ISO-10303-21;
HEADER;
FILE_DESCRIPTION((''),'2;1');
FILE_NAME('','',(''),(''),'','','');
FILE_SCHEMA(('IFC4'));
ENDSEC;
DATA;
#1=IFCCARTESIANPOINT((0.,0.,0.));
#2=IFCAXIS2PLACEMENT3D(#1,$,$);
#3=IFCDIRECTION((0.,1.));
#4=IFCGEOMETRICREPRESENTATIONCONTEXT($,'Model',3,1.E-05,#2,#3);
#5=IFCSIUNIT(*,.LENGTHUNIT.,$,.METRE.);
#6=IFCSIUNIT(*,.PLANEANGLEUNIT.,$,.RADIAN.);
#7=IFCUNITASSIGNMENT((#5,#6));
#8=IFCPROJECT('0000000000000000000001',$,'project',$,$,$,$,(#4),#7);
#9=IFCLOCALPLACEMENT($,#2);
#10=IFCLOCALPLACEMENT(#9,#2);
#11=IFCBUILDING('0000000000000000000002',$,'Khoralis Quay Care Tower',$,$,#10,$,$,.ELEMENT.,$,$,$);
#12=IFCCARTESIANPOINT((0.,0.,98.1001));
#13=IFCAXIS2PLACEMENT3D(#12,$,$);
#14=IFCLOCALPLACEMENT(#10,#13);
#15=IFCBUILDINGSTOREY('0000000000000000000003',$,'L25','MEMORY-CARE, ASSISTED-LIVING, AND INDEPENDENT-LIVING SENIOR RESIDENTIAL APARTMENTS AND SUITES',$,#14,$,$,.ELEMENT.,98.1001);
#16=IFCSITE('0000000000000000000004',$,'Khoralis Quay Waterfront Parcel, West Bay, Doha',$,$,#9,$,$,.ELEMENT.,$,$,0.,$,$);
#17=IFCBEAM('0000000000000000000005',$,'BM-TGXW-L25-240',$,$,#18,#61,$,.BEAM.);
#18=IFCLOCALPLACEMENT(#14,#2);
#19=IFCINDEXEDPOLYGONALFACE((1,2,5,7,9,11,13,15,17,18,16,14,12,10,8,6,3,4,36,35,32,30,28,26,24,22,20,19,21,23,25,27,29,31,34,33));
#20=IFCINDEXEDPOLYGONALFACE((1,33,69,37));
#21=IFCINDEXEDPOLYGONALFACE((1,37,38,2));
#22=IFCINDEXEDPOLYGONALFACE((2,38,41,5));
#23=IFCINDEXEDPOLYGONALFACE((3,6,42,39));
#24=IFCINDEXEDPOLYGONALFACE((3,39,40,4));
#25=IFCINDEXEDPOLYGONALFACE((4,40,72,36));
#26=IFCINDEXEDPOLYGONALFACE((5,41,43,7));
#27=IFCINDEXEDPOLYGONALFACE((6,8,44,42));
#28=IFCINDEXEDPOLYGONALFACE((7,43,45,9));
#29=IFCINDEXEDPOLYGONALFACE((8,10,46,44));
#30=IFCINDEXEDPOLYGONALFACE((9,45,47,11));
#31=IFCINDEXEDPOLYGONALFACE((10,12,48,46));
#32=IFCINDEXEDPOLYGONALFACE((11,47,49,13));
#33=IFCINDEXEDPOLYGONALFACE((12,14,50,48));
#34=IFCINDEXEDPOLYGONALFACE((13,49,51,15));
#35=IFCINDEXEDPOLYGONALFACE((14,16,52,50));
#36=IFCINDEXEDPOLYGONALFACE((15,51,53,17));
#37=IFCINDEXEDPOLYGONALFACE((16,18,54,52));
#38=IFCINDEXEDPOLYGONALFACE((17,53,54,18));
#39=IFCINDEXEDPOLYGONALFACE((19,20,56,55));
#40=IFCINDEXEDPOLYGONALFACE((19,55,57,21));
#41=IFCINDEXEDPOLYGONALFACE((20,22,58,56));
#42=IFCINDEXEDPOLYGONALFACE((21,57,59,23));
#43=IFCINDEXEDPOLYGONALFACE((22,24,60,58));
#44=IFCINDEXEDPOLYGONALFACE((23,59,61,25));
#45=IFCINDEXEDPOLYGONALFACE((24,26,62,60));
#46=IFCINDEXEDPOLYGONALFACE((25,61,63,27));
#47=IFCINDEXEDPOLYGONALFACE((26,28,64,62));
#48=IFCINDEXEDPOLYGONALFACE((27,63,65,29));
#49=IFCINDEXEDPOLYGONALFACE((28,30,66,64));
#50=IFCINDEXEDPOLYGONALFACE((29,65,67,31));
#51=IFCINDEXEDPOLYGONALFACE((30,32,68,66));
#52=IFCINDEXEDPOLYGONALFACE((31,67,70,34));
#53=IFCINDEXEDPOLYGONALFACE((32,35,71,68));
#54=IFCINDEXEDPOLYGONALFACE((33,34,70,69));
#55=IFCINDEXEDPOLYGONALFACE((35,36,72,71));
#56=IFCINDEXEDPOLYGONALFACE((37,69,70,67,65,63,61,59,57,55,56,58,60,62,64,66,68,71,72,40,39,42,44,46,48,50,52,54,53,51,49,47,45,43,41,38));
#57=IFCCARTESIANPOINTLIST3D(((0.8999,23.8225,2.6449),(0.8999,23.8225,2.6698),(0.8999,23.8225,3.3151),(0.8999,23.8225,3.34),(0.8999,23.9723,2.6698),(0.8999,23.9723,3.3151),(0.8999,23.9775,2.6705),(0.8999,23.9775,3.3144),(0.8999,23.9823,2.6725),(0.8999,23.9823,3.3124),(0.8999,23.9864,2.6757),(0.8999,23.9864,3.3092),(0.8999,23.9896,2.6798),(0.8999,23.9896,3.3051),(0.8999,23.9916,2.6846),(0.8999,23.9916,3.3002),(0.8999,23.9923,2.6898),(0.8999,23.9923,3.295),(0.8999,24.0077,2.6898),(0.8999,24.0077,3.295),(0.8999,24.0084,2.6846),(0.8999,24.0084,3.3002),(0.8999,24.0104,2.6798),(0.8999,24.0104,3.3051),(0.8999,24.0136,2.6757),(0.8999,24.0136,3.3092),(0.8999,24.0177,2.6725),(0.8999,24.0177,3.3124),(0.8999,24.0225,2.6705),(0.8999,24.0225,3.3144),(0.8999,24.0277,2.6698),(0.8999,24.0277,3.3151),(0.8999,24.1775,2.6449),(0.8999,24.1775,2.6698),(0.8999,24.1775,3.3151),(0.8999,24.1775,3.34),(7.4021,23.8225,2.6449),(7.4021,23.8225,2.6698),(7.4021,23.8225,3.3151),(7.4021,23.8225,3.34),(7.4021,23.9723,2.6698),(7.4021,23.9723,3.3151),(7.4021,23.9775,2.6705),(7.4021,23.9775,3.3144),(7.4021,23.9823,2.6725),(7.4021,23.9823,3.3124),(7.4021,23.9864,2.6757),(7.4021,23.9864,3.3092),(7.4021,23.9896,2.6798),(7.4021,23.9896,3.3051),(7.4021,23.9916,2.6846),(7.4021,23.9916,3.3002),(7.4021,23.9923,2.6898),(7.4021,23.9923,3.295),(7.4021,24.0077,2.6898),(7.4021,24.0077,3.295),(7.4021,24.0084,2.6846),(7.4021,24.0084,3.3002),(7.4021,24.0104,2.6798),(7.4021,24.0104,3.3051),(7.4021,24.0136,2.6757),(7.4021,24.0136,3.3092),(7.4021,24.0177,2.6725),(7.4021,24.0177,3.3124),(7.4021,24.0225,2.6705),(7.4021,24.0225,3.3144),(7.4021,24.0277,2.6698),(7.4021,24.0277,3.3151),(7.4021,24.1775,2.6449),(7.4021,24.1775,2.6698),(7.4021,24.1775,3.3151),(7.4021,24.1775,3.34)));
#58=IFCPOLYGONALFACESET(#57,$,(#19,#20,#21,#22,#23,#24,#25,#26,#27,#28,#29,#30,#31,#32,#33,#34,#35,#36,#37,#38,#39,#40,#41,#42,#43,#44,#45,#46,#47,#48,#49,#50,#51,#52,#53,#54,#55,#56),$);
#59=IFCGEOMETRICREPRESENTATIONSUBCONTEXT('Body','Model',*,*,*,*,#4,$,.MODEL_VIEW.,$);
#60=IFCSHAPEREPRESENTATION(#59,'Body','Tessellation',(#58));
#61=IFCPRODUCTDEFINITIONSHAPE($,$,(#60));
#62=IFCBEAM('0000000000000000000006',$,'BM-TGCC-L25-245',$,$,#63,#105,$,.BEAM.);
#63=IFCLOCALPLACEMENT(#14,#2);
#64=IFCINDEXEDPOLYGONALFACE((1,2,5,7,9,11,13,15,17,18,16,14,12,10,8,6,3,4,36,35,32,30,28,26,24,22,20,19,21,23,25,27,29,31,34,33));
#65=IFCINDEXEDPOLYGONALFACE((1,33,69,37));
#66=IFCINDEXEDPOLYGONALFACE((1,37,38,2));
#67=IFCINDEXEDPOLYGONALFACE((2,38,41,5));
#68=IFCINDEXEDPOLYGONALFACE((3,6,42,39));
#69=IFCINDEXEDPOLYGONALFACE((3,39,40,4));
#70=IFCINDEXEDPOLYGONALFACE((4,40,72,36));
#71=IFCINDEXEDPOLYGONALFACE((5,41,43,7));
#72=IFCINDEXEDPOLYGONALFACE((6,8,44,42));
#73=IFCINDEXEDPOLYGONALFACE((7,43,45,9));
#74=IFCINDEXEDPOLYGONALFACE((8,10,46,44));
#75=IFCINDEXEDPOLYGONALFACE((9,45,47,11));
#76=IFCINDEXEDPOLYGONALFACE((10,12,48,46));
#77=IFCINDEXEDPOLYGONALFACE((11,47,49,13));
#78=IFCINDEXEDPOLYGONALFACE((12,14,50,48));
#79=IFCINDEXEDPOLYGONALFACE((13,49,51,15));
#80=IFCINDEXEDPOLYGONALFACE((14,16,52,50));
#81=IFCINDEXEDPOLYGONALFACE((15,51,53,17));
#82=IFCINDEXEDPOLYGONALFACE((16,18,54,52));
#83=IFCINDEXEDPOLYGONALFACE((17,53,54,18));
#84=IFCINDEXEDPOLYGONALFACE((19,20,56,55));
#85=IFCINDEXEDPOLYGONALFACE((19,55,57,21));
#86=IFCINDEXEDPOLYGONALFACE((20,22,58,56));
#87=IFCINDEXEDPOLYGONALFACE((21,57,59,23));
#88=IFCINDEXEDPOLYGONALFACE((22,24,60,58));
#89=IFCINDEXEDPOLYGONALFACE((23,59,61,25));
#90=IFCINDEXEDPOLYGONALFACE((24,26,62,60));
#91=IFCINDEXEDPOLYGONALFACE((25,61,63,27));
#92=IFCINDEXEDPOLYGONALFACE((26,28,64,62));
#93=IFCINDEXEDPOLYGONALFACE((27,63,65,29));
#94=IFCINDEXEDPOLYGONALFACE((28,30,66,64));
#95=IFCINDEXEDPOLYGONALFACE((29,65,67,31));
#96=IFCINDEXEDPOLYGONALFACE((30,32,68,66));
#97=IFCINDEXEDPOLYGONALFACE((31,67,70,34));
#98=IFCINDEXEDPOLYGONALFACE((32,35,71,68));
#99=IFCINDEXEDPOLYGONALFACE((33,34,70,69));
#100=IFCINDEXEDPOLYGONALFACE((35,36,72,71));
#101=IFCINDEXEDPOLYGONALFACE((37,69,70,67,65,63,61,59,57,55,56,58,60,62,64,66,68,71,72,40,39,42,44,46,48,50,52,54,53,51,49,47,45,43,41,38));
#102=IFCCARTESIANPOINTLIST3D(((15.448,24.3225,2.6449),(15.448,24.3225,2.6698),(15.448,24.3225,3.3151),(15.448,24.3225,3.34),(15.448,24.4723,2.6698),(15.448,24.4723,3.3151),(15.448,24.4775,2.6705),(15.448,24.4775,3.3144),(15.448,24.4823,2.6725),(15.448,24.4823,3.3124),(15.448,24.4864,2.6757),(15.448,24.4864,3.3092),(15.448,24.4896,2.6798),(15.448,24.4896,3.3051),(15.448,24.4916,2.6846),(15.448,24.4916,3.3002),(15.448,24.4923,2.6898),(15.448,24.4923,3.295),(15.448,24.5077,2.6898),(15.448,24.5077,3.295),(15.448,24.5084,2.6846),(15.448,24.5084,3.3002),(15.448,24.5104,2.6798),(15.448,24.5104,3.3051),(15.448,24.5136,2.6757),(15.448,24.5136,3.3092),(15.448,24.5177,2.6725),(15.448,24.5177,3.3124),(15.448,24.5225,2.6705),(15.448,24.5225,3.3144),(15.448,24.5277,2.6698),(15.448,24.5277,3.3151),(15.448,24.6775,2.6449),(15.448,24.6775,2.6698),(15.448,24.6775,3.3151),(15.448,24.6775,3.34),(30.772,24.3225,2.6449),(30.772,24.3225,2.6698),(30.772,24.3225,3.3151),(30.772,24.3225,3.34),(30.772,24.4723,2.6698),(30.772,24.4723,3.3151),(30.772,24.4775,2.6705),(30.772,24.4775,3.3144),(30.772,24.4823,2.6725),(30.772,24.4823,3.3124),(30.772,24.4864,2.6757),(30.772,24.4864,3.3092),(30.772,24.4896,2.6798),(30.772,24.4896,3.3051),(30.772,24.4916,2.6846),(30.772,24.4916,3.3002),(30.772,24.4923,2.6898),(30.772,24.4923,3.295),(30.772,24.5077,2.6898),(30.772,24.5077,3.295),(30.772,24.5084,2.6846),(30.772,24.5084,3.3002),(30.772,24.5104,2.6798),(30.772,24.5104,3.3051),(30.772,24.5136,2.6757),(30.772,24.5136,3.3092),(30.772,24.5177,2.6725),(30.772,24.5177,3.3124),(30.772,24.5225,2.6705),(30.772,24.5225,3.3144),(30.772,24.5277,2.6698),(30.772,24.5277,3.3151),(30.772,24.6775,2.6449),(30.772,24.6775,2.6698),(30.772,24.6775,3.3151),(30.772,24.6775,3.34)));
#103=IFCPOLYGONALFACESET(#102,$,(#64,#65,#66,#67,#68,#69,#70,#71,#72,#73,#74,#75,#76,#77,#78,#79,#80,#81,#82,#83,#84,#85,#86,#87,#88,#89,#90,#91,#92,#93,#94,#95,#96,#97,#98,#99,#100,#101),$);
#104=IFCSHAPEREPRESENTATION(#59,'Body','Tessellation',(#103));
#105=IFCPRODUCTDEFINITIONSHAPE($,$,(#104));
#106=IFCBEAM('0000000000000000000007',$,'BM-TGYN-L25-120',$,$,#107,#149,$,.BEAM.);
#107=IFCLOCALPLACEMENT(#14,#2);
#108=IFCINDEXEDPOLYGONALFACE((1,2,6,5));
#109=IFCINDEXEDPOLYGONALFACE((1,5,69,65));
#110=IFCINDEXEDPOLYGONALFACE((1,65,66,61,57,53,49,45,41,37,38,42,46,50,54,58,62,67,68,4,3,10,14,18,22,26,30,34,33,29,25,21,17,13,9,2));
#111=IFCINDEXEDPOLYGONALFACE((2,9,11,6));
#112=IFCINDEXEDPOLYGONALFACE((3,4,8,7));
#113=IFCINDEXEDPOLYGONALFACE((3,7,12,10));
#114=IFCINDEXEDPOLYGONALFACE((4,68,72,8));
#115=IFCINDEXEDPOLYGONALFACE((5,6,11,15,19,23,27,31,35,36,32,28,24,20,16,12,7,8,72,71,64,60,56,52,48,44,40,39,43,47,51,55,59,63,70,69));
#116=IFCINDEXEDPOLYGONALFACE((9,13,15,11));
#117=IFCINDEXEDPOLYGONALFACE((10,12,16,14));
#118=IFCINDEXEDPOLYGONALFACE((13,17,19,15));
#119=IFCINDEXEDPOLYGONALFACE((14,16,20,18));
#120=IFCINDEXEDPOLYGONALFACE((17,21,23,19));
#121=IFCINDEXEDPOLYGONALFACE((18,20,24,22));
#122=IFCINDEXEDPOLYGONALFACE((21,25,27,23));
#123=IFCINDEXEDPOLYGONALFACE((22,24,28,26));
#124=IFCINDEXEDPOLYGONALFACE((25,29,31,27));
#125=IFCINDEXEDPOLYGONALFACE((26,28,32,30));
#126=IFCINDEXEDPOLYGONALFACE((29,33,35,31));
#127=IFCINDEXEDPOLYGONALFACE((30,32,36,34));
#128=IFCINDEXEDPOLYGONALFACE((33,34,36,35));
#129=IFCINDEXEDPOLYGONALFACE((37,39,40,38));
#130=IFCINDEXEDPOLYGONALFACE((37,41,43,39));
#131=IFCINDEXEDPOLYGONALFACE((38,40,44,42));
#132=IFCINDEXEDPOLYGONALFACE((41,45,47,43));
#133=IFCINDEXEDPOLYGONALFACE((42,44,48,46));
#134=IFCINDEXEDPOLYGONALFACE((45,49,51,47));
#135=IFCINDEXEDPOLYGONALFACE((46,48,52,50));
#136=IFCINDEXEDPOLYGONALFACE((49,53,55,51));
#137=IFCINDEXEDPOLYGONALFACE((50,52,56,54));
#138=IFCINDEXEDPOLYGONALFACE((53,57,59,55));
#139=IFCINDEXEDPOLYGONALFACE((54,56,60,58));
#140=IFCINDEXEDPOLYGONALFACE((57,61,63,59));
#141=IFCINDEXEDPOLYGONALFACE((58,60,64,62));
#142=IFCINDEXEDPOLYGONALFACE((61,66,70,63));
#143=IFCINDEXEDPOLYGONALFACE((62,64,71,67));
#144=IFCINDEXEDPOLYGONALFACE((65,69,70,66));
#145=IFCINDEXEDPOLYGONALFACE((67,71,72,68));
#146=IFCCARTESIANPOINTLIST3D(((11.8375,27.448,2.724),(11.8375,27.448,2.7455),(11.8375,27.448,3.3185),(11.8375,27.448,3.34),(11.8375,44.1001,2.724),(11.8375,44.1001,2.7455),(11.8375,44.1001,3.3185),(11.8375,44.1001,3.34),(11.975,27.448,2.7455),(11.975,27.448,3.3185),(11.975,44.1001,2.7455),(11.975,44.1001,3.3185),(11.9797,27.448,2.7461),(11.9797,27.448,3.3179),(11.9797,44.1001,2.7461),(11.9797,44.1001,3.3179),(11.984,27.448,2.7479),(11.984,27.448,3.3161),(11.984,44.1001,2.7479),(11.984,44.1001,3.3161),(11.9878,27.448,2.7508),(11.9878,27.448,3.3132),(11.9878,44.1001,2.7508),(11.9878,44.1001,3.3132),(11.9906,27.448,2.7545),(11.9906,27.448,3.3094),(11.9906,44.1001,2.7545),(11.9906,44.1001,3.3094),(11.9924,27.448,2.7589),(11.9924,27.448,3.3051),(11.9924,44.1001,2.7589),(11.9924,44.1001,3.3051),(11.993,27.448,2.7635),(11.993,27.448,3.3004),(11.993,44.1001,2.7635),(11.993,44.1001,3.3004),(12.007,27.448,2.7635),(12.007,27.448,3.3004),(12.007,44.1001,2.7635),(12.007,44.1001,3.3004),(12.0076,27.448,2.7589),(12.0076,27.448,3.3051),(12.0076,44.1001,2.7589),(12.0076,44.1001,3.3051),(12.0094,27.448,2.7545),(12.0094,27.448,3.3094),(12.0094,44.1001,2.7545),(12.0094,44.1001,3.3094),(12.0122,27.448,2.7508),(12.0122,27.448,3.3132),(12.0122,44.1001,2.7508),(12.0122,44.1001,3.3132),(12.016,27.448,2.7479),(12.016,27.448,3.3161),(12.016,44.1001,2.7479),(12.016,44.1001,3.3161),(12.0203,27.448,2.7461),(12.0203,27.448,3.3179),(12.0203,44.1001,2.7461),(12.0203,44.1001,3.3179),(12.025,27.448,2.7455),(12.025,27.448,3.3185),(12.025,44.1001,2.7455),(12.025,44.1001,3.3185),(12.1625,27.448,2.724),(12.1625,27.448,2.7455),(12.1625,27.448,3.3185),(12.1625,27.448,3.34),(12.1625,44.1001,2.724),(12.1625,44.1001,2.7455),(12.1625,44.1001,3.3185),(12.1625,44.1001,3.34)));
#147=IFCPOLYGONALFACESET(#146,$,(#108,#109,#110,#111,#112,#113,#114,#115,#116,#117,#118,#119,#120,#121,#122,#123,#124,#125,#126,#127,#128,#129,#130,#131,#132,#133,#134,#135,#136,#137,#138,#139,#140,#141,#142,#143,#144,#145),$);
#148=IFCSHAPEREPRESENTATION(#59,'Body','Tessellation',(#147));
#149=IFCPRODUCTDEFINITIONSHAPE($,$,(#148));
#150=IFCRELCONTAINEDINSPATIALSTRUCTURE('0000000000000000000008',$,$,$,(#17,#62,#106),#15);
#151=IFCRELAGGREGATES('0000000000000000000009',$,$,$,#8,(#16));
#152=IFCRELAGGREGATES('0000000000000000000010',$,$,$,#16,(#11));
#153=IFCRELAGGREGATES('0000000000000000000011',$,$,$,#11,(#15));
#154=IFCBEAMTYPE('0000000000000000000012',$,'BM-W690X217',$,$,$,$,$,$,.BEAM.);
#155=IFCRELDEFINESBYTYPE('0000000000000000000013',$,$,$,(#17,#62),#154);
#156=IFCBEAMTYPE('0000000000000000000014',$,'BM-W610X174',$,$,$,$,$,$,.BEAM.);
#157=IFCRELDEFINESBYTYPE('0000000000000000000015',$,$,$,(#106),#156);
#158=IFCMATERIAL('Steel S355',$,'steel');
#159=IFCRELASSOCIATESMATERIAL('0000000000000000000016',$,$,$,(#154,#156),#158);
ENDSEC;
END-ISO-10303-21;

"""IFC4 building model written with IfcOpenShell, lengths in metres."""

from ifc_helpers import new_model, si_unit, direction, frame, origin, origin_2d, place, context, subcontext, project, spatial, i_section, extrude, source, transform, mapped, material, material_profile, profile_set, type_object, element, save


model = new_model("IFC4")

# Units and contexts
model_context = context("Model", 3, precision=1e-05, world=origin(), true_north=direction((0.0, 1.0)))
body_context = subcontext(model_context, "Body", "Model", "MODEL_VIEW")
ifc_project = project(units=[si_unit("LENGTHUNIT", "METRE"), si_unit("PLANEANGLEUNIT", "RADIAN")], contexts=[model_context])

# Site, building, storey
site_placement = place(None, origin())
site = spatial("IfcSite", under=ifc_project, at=site_placement, Name="Khoralis Quay Waterfront Parcel, West Bay, Doha", CompositionType="ELEMENT", RefElevation=0.0)
building_placement = place(site_placement, origin())
building = spatial("IfcBuilding", under=site, at=building_placement, Name="Khoralis Quay Care Tower", CompositionType="ELEMENT")
storey_placement = place(building_placement, frame((0.0, 0.0, 98.1001)))
storey = spatial("IfcBuildingStorey", under=building, at=storey_placement, Name="L25", Description="MEMORY-CARE, ASSISTED-LIVING, AND INDEPENDENT-LIVING SENIOR RESIDENTIAL APARTMENTS AND SUITES", CompositionType="ELEMENT", Elevation=98.1001)

# Beams
ifc_material_1 = material(Name="Steel S355", Category="steel")
ifc_material_profile_1 = material_profile(ifc_material_1, i_section(OverallWidth=0.355, OverallDepth=0.6951, WebThickness=0.0154, FlangeThickness=0.0249, FilletRadius=0.02, at=origin_2d()), Name="Steel S355")
ifc_profile_set_1 = profile_set([ifc_material_profile_1], Name="Steel S355")
beam_type_1 = type_object("IfcBeamType", Name="BM-W690X217", PredefinedType="BEAM", material=ifc_profile_set_1)
shared_shape_1 = source(origin(), body_context, "Body", "SweptSolid", [
    extrude(i_section(OverallWidth=0.355, OverallDepth=0.6951, WebThickness=0.0154, FlangeThickness=0.0249, FilletRadius=0.02, at=origin_2d()), origin(), (0.0, 0.0, 1.0), 6.5022),
])
for number, where, z_axis, x_axis, name in (
    (1, (0.8999, 24.0, 2.9924), (1.0, 0.0, 0.0), (0.0, 1.0, 0.0), "BM-TGXW-L25-240"),
):
    element("IfcBeam", number, at=place(storey_placement, frame(where, z_axis=z_axis, x_axis=x_axis)), inside=storey, type_object=beam_type_1, Name=name, PredefinedType="BEAM", context=body_context, shape_type="MappedRepresentation", body=[
        mapped(shared_shape_1, transform((0.0, 0.0, 0.0), scale=1.0)),
    ])
shared_shape_2 = source(origin(), body_context, "Body", "SweptSolid", [
    extrude(i_section(OverallWidth=0.355, OverallDepth=0.6951, WebThickness=0.0154, FlangeThickness=0.0249, FilletRadius=0.02, at=origin_2d()), origin(), (0.0, 0.0, 1.0), 15.324),
])
beam_1_placement = place(storey_placement, frame((15.448, 24.5, 2.9924), z_axis=(1.0, 0.0, 0.0), x_axis=(0.0, 1.0, 0.0)))
element("IfcBeam", 2, at=beam_1_placement, inside=storey, type_object=beam_type_1, Name="BM-TGCC-L25-245", PredefinedType="BEAM", context=body_context, shape_type="MappedRepresentation", body=[
    mapped(shared_shape_2, transform((0.0, 0.0, 0.0), scale=1.0)),
])
ifc_material_profile_2 = material_profile(ifc_material_1, i_section(OverallWidth=0.325, OverallDepth=0.616, WebThickness=0.0139, FlangeThickness=0.0215, FilletRadius=0.0181, at=origin_2d()), Name="Steel S355")
ifc_profile_set_2 = profile_set([ifc_material_profile_2], Name="Steel S355")
beam_type_2 = type_object("IfcBeamType", Name="BM-W610X174", PredefinedType="BEAM", material=ifc_profile_set_2)
shared_shape_3 = source(origin(), body_context, "Body", "SweptSolid", [
    extrude(i_section(OverallWidth=0.325, OverallDepth=0.616, WebThickness=0.0139, FlangeThickness=0.0215, FilletRadius=0.0181, at=origin_2d()), origin(), (0.0, 0.0, 1.0), 16.6521),
])
beam_2_placement = place(storey_placement, frame((12.0, 27.448, 3.032), z_axis=(0.0, 1.0, 0.0), x_axis=(-1.0, 0.0, 0.0)))
element("IfcBeam", 3, at=beam_2_placement, inside=storey, type_object=beam_type_2, Name="BM-TGYN-L25-120", PredefinedType="BEAM", context=body_context, shape_type="MappedRepresentation", body=[
    mapped(shared_shape_3, transform((0.0, 0.0, 0.0), scale=1.0)),
])

save(model, "model.ifc")
